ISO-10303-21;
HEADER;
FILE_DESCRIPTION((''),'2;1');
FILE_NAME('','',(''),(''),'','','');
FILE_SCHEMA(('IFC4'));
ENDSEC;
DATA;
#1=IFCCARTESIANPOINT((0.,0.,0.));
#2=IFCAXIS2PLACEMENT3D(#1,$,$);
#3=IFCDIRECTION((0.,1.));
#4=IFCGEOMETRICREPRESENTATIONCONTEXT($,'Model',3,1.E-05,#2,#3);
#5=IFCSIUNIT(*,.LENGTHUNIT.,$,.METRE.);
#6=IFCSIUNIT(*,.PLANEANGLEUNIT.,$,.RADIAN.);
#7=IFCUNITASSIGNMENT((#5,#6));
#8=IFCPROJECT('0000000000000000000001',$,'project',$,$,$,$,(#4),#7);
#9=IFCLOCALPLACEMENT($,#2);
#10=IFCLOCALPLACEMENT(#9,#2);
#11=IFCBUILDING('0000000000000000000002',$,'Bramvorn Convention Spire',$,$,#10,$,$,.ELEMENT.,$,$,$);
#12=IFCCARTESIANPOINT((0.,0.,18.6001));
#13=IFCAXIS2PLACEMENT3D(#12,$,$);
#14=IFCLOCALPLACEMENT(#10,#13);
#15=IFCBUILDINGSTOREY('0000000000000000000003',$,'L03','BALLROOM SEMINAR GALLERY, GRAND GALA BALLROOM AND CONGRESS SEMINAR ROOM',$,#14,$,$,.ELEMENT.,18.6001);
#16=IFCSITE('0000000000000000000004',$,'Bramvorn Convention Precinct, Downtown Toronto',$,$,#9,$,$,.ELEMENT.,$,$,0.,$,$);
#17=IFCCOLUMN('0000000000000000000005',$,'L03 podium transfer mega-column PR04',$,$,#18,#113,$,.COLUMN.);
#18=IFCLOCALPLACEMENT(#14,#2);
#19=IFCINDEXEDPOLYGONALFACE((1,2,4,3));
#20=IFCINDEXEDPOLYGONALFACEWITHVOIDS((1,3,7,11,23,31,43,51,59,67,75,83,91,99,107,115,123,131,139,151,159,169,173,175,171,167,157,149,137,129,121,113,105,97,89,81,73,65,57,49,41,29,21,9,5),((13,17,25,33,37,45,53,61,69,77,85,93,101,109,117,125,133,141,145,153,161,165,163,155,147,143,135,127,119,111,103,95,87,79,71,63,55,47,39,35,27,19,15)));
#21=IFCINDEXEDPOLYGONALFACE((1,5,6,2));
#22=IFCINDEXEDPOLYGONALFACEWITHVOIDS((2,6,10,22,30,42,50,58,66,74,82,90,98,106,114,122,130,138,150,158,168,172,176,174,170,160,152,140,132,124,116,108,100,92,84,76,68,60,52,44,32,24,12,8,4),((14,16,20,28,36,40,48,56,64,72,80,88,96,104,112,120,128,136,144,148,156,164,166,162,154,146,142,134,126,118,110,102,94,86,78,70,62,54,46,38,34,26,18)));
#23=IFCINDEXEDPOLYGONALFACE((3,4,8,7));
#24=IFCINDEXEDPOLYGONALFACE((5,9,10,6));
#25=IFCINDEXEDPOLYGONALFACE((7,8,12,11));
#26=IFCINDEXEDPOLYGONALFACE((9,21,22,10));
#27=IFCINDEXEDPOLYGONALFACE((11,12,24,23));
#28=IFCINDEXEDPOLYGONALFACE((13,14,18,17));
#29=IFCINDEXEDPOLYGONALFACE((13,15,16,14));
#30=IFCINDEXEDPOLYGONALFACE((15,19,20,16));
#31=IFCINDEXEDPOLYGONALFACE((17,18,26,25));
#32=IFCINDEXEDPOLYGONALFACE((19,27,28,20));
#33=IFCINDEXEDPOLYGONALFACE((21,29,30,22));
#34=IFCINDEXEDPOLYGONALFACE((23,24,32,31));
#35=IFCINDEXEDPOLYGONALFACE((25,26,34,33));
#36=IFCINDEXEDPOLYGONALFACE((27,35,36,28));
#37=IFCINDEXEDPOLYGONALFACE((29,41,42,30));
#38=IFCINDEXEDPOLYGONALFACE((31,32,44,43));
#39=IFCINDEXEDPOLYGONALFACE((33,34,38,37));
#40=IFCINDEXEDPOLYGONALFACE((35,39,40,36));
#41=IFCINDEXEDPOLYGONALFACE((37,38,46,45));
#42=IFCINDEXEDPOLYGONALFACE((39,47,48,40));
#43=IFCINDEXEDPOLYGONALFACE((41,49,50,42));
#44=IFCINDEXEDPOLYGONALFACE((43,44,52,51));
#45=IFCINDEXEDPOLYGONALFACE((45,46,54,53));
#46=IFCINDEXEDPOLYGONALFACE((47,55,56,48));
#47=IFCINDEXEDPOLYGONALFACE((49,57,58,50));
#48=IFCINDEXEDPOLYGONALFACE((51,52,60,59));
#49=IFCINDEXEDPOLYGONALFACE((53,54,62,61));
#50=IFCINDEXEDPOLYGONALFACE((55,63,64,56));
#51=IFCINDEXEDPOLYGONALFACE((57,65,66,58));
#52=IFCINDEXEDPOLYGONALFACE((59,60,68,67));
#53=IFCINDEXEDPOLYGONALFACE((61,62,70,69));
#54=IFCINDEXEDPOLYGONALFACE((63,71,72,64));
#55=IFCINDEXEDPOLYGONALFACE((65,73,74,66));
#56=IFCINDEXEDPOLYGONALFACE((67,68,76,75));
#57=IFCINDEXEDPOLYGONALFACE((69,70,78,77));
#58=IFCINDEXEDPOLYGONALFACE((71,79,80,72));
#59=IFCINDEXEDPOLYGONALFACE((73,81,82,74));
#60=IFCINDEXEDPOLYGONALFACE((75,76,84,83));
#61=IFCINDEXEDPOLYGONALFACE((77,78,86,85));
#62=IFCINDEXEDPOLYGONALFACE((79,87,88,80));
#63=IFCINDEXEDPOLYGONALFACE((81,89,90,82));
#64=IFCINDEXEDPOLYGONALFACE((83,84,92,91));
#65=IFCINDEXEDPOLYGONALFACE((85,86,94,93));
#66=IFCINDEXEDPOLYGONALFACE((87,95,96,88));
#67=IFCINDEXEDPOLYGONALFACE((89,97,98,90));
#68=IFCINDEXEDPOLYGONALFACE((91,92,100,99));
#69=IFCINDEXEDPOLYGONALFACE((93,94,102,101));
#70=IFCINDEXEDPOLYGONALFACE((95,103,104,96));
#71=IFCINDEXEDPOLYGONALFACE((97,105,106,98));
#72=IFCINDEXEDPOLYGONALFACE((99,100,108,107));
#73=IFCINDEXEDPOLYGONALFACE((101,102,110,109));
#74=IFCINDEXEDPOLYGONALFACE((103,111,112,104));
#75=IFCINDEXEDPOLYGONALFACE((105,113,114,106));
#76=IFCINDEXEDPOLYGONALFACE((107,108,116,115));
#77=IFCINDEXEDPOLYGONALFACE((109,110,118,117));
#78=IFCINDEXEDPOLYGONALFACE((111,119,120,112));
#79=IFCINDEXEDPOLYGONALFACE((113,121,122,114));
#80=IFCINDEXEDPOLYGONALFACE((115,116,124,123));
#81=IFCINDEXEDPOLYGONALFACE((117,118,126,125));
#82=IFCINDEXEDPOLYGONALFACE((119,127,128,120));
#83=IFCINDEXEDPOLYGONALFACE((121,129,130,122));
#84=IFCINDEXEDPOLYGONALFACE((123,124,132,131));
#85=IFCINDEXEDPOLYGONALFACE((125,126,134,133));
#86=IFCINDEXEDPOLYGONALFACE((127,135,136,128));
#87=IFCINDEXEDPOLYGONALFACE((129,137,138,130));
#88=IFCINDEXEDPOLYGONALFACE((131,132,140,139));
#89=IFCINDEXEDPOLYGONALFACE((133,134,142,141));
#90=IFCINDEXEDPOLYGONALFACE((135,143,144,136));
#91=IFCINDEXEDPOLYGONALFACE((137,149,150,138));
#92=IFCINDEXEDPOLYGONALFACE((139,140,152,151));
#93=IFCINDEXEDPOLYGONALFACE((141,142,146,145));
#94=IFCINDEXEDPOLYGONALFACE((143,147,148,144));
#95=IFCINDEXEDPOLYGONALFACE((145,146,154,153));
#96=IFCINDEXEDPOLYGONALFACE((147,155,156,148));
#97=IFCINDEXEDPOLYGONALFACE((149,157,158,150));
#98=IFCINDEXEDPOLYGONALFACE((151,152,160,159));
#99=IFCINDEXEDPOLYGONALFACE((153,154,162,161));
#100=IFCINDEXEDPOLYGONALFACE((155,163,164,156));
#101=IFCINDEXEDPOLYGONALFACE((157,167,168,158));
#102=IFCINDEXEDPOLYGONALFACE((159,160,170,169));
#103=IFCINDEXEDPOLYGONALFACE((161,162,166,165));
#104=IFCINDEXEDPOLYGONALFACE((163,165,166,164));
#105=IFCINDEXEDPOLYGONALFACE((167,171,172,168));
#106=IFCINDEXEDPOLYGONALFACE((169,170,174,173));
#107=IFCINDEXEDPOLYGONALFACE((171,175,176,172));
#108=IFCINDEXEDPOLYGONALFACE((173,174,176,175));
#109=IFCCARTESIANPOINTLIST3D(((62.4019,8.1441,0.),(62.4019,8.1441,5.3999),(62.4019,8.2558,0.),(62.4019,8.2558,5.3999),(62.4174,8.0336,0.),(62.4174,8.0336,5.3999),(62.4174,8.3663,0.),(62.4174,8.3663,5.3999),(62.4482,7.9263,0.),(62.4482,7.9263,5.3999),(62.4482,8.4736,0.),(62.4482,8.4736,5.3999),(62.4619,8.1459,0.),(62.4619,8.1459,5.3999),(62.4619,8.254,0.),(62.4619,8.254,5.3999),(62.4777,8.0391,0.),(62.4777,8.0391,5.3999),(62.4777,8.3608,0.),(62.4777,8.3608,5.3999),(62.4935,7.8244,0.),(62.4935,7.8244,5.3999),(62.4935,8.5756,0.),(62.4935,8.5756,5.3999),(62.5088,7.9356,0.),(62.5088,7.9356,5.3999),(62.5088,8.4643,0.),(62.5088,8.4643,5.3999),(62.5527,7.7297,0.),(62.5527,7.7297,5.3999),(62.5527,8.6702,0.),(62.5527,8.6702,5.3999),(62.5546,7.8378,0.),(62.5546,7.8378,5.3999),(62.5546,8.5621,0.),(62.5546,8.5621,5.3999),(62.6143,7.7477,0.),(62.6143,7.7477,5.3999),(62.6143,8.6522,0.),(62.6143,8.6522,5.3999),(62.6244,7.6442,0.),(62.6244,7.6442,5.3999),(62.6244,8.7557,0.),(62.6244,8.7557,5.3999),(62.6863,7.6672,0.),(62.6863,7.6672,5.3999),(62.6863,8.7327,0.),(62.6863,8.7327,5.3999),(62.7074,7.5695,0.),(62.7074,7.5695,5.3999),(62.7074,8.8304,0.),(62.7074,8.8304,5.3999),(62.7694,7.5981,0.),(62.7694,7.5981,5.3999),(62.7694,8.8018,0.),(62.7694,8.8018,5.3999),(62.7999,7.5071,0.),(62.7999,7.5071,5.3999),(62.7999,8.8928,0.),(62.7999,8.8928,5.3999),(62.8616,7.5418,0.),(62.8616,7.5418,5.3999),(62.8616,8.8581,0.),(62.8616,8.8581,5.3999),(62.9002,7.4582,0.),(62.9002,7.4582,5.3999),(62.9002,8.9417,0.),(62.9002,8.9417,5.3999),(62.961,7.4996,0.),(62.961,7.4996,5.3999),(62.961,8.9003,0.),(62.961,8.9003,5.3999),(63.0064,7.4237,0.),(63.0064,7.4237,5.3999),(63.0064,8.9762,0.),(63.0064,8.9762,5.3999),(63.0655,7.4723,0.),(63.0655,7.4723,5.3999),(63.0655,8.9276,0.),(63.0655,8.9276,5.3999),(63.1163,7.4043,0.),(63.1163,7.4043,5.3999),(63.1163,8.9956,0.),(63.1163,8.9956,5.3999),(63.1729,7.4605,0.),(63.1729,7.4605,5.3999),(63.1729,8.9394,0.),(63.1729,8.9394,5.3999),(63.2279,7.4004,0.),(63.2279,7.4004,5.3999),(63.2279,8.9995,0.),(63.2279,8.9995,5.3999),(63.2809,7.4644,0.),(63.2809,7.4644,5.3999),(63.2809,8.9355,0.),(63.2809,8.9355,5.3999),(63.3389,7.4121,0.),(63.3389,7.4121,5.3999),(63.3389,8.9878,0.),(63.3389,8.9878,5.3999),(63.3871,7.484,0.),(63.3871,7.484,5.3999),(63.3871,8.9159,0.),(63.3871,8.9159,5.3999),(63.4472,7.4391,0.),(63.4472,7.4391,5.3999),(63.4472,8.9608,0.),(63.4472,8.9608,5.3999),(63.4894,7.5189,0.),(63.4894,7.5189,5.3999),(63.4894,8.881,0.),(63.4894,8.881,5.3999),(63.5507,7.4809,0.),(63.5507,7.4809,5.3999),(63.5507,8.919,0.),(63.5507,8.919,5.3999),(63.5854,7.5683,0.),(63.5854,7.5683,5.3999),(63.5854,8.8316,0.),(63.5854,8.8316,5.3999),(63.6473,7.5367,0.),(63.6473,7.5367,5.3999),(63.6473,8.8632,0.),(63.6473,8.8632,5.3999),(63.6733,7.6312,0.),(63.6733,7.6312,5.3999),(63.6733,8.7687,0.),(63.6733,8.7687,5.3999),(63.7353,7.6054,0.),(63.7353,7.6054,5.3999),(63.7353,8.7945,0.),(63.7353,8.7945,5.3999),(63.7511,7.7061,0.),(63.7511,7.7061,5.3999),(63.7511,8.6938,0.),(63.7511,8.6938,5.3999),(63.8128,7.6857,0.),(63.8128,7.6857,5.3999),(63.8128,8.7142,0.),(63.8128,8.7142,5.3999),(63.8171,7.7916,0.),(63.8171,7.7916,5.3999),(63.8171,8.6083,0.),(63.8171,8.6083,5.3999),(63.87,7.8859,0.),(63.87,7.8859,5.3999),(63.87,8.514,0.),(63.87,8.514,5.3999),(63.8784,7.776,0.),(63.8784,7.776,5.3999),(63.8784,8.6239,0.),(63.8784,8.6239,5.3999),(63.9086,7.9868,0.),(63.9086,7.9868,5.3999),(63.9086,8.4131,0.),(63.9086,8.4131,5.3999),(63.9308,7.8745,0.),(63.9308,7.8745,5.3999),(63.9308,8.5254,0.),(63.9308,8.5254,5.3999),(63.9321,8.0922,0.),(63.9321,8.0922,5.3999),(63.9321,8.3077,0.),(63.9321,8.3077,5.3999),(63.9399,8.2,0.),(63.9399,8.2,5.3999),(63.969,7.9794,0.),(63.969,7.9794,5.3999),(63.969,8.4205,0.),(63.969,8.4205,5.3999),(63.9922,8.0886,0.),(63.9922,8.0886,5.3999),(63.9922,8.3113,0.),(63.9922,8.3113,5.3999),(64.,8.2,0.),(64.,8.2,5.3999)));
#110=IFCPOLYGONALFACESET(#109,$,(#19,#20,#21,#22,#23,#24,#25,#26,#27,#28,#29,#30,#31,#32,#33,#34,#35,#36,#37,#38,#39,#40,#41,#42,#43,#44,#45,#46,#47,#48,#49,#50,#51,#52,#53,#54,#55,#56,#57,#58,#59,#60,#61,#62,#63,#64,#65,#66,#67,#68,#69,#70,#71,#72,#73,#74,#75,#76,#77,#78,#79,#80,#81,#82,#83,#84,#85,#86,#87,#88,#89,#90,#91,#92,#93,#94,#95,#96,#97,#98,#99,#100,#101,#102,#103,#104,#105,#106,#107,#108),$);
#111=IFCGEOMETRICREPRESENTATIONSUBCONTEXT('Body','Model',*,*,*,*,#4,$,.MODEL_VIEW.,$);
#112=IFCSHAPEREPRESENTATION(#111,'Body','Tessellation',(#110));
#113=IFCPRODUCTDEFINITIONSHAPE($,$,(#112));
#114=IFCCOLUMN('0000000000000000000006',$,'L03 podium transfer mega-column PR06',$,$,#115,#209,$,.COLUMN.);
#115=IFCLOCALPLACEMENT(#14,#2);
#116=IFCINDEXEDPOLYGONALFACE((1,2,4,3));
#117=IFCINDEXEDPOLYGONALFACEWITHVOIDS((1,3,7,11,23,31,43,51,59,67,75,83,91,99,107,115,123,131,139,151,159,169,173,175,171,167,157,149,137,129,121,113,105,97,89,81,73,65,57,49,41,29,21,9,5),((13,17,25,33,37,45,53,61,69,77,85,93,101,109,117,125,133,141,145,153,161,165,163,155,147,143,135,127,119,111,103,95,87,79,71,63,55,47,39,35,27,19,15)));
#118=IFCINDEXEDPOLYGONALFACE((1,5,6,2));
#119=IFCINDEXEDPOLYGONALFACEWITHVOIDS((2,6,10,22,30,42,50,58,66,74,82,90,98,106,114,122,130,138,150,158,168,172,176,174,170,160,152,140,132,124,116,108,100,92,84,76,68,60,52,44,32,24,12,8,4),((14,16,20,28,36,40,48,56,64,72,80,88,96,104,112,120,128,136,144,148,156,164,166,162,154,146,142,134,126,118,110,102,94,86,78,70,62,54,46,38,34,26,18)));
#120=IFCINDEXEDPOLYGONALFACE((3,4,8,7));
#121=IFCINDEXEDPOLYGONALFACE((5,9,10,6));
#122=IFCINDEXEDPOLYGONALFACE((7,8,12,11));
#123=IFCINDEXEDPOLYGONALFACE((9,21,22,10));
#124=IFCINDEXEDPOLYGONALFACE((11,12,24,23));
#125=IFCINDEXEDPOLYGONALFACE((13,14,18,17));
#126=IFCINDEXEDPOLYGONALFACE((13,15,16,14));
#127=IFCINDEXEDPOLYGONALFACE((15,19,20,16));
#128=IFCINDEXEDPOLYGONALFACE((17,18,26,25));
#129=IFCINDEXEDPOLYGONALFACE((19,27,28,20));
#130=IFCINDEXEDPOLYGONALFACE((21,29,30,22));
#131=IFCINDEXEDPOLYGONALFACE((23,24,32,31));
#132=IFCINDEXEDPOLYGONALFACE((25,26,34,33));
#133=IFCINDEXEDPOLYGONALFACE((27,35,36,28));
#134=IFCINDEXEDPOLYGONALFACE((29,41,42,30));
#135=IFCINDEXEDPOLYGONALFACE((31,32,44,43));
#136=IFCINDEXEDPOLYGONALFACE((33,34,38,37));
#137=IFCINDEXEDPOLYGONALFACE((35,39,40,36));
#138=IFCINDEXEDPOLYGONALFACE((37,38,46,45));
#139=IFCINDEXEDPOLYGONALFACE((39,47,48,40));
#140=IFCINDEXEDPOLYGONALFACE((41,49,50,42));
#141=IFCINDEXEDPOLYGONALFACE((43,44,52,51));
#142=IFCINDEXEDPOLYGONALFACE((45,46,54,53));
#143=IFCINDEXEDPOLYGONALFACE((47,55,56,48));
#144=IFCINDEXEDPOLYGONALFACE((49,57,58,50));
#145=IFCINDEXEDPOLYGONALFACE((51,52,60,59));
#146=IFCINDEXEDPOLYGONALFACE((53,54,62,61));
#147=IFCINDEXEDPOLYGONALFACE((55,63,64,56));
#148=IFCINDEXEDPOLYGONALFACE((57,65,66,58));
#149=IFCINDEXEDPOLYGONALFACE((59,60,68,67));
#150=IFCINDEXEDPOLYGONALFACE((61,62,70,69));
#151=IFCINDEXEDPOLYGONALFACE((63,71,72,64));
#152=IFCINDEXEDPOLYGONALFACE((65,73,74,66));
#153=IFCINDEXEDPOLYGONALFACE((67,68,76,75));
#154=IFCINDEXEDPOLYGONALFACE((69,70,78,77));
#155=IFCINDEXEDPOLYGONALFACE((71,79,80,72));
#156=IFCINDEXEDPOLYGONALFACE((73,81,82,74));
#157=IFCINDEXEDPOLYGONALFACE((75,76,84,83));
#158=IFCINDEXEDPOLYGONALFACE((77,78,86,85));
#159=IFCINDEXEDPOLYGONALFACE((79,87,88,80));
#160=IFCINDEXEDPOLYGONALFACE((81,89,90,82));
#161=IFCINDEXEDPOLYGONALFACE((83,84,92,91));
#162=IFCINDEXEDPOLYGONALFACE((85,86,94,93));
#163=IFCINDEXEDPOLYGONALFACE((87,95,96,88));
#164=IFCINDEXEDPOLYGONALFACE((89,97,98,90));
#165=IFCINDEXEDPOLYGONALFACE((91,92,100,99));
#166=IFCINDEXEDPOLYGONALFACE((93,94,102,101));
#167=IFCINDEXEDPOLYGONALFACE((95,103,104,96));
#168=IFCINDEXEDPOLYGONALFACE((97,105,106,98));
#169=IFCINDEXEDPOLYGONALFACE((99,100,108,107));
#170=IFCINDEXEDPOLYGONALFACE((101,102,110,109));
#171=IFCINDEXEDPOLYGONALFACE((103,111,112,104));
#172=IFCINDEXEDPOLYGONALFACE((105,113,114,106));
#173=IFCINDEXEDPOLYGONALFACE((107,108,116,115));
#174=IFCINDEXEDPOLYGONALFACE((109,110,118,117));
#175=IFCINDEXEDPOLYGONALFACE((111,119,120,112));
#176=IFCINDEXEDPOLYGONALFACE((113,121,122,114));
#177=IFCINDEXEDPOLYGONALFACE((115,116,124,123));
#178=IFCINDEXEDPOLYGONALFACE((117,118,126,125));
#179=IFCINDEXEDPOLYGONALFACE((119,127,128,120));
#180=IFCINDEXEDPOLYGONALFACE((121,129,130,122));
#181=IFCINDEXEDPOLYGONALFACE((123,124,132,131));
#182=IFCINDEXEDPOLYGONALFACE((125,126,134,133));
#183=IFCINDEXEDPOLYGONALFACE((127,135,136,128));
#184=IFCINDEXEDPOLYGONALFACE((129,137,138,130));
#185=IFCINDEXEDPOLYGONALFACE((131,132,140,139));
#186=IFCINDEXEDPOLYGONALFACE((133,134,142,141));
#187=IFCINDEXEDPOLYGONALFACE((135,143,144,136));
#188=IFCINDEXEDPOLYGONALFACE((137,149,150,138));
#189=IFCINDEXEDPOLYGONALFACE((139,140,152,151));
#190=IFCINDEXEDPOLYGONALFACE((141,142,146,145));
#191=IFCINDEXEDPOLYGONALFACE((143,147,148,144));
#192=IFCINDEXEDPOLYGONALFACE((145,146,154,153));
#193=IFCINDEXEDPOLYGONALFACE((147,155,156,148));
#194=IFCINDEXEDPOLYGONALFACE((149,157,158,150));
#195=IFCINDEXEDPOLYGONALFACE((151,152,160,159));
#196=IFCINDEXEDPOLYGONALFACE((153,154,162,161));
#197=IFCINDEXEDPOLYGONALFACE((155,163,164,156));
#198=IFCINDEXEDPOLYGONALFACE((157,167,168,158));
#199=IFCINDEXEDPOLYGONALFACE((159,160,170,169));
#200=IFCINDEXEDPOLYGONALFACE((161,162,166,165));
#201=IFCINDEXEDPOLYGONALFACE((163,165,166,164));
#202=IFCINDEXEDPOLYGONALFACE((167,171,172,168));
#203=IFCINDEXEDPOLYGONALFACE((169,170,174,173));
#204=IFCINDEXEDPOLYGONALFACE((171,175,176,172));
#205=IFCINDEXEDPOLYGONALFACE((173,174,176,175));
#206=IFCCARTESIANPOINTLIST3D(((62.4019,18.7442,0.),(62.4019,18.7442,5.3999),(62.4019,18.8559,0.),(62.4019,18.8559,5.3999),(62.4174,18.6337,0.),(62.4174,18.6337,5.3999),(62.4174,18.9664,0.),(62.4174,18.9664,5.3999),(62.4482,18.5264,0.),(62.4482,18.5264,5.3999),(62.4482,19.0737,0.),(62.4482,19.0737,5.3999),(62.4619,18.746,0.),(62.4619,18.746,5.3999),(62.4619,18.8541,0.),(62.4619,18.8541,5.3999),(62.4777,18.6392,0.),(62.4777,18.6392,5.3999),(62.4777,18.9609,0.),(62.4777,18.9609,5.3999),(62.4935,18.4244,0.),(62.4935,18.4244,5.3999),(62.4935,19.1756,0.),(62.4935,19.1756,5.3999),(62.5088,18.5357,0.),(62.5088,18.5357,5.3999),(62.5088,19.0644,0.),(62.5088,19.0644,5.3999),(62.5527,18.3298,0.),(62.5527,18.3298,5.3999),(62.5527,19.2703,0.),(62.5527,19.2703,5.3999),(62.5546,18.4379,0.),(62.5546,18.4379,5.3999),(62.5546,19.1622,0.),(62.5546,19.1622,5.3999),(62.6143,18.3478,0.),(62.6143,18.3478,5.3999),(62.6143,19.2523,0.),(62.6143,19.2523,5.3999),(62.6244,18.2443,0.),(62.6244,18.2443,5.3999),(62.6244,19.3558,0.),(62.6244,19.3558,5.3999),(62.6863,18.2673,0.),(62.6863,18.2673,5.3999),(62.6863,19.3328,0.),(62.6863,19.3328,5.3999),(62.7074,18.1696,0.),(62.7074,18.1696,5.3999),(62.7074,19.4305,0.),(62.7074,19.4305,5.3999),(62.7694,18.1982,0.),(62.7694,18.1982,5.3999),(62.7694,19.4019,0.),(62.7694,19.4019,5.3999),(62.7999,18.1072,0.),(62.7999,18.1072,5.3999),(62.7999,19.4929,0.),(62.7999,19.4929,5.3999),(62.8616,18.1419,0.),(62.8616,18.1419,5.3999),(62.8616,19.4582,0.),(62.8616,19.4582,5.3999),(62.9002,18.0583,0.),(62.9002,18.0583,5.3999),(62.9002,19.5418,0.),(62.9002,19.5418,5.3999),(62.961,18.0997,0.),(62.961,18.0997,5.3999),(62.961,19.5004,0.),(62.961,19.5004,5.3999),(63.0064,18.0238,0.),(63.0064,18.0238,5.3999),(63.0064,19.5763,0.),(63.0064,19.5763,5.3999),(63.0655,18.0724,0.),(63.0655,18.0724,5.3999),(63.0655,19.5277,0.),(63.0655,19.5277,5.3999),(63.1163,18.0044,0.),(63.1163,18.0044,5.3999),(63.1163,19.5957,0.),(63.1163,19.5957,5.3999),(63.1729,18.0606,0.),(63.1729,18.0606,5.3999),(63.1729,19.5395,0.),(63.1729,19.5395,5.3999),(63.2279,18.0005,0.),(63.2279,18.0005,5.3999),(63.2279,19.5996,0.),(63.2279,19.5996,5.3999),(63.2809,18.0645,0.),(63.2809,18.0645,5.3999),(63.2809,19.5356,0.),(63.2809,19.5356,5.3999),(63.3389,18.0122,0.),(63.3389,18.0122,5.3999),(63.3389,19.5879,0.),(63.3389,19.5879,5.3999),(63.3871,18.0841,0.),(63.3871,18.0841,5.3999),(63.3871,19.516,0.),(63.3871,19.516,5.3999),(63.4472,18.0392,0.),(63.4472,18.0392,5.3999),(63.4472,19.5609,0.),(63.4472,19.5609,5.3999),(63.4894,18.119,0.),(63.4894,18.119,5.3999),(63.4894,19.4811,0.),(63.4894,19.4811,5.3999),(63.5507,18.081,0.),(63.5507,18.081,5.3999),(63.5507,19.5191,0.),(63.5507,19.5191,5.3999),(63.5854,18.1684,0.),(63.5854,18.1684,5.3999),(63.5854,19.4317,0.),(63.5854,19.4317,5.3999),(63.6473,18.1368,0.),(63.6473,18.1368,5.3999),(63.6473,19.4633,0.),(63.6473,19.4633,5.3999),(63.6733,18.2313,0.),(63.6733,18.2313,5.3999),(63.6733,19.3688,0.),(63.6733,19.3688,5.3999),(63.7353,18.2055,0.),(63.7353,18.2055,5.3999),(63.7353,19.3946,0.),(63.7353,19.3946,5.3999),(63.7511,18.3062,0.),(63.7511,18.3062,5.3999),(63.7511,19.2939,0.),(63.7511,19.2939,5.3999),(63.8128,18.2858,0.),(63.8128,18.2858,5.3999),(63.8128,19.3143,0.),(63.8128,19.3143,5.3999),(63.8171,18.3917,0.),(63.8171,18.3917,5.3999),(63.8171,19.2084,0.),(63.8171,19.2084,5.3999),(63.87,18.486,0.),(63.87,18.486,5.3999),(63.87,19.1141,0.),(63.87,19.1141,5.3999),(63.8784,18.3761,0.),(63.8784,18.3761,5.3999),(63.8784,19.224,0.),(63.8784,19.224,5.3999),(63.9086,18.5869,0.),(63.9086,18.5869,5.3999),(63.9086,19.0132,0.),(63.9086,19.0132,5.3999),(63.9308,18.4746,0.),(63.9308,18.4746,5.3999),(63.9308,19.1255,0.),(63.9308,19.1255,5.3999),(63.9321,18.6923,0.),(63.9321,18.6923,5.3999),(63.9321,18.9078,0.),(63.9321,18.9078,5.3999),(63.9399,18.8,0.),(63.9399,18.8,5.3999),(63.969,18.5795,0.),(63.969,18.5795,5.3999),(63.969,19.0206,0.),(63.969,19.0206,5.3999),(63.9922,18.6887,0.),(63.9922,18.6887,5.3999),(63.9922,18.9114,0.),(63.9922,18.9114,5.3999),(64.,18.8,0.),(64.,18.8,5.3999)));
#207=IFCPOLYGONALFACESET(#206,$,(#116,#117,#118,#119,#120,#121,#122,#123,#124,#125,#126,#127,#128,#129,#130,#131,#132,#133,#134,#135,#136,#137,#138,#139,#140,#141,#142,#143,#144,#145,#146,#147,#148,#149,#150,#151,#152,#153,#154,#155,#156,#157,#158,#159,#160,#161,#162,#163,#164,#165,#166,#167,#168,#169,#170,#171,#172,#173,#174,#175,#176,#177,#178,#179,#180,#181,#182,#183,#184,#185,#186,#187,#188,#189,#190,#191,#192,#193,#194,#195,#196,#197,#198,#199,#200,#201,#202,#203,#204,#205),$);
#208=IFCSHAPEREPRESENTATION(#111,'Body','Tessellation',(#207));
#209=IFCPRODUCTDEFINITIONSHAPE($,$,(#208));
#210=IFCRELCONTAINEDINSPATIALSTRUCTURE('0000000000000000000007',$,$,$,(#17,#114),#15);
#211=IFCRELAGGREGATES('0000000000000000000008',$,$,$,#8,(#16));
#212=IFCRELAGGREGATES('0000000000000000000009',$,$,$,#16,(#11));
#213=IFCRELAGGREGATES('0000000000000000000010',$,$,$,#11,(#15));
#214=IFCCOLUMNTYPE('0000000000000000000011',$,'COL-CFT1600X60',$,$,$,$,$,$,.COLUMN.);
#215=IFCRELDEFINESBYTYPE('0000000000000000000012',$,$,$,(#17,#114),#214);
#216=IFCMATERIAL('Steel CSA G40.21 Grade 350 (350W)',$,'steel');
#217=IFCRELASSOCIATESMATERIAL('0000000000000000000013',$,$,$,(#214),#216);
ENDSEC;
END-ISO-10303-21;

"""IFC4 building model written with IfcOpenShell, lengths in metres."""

from ifc_helpers import new_model, si_unit, direction, frame, origin, origin_2d, place, context, subcontext, project, spatial, hollow_circle, extrude, material, material_profile, profile_set, type_object, element, save


model = new_model("IFC4")

# Units and contexts
model_context = context("Model", 3, precision=1e-05, world=origin(), true_north=direction((0.0, 1.0)))
body_context = subcontext(model_context, "Body", "Model", "MODEL_VIEW")
ifc_project = project(units=[si_unit("LENGTHUNIT", "METRE"), si_unit("PLANEANGLEUNIT", "RADIAN")], contexts=[model_context])

# Site, building, storey
site_placement = place(None, origin())
site = spatial("IfcSite", under=ifc_project, at=site_placement, Name="Bramvorn Convention Precinct, Downtown Toronto", CompositionType="ELEMENT", RefElevation=0.0)
building_placement = place(site_placement, origin())
building = spatial("IfcBuilding", under=site, at=building_placement, Name="Bramvorn Convention Spire", CompositionType="ELEMENT")
storey_placement = place(building_placement, frame((0.0, 0.0, 18.6001)))
storey = spatial("IfcBuildingStorey", under=building, at=storey_placement, Name="L03", Description="BALLROOM SEMINAR GALLERY, GRAND GALA BALLROOM AND CONGRESS SEMINAR ROOM", CompositionType="ELEMENT", Elevation=18.6001)

# Columns
ifc_material_1 = material(Name="Steel CSA G40.21 Grade 350 (350W)", Category="steel")
ifc_material_profile_1 = material_profile(ifc_material_1, hollow_circle(Radius=0.8, WallThickness=0.0601, at=origin_2d()))
ifc_profile_set_1 = profile_set([ifc_material_profile_1], Name="Steel CSA G40.21 Grade 350 (350W) - CFT1600X60")
column_type_1 = type_object("IfcColumnType", Name="COL-CFT1600X60", PredefinedType="COLUMN", material=ifc_profile_set_1)
for number, where, z_axis, x_axis, name in (
    (1, (63.2, 8.2, 0.0), (0.0, 0.0, 1.0), (1.0, 0.0, 0.0), "L03 podium transfer mega-column PR04"),
    (2, (63.2, 18.8, 0.0), (0.0, 0.0, 1.0), (1.0, 0.0, 0.0), "L03 podium transfer mega-column PR06"),
):
    element("IfcColumn", number, at=place(storey_placement, frame(where, z_axis=z_axis, x_axis=x_axis)), inside=storey, type_object=column_type_1, Name=name, PredefinedType="COLUMN", context=body_context, shape_type="SweptSolid", body=[
        extrude(hollow_circle(Radius=0.8, WallThickness=0.0601, at=origin_2d()), origin(), (0.0, 0.0, 1.0), 5.3999),
    ])

save(model, "model.ifc")
